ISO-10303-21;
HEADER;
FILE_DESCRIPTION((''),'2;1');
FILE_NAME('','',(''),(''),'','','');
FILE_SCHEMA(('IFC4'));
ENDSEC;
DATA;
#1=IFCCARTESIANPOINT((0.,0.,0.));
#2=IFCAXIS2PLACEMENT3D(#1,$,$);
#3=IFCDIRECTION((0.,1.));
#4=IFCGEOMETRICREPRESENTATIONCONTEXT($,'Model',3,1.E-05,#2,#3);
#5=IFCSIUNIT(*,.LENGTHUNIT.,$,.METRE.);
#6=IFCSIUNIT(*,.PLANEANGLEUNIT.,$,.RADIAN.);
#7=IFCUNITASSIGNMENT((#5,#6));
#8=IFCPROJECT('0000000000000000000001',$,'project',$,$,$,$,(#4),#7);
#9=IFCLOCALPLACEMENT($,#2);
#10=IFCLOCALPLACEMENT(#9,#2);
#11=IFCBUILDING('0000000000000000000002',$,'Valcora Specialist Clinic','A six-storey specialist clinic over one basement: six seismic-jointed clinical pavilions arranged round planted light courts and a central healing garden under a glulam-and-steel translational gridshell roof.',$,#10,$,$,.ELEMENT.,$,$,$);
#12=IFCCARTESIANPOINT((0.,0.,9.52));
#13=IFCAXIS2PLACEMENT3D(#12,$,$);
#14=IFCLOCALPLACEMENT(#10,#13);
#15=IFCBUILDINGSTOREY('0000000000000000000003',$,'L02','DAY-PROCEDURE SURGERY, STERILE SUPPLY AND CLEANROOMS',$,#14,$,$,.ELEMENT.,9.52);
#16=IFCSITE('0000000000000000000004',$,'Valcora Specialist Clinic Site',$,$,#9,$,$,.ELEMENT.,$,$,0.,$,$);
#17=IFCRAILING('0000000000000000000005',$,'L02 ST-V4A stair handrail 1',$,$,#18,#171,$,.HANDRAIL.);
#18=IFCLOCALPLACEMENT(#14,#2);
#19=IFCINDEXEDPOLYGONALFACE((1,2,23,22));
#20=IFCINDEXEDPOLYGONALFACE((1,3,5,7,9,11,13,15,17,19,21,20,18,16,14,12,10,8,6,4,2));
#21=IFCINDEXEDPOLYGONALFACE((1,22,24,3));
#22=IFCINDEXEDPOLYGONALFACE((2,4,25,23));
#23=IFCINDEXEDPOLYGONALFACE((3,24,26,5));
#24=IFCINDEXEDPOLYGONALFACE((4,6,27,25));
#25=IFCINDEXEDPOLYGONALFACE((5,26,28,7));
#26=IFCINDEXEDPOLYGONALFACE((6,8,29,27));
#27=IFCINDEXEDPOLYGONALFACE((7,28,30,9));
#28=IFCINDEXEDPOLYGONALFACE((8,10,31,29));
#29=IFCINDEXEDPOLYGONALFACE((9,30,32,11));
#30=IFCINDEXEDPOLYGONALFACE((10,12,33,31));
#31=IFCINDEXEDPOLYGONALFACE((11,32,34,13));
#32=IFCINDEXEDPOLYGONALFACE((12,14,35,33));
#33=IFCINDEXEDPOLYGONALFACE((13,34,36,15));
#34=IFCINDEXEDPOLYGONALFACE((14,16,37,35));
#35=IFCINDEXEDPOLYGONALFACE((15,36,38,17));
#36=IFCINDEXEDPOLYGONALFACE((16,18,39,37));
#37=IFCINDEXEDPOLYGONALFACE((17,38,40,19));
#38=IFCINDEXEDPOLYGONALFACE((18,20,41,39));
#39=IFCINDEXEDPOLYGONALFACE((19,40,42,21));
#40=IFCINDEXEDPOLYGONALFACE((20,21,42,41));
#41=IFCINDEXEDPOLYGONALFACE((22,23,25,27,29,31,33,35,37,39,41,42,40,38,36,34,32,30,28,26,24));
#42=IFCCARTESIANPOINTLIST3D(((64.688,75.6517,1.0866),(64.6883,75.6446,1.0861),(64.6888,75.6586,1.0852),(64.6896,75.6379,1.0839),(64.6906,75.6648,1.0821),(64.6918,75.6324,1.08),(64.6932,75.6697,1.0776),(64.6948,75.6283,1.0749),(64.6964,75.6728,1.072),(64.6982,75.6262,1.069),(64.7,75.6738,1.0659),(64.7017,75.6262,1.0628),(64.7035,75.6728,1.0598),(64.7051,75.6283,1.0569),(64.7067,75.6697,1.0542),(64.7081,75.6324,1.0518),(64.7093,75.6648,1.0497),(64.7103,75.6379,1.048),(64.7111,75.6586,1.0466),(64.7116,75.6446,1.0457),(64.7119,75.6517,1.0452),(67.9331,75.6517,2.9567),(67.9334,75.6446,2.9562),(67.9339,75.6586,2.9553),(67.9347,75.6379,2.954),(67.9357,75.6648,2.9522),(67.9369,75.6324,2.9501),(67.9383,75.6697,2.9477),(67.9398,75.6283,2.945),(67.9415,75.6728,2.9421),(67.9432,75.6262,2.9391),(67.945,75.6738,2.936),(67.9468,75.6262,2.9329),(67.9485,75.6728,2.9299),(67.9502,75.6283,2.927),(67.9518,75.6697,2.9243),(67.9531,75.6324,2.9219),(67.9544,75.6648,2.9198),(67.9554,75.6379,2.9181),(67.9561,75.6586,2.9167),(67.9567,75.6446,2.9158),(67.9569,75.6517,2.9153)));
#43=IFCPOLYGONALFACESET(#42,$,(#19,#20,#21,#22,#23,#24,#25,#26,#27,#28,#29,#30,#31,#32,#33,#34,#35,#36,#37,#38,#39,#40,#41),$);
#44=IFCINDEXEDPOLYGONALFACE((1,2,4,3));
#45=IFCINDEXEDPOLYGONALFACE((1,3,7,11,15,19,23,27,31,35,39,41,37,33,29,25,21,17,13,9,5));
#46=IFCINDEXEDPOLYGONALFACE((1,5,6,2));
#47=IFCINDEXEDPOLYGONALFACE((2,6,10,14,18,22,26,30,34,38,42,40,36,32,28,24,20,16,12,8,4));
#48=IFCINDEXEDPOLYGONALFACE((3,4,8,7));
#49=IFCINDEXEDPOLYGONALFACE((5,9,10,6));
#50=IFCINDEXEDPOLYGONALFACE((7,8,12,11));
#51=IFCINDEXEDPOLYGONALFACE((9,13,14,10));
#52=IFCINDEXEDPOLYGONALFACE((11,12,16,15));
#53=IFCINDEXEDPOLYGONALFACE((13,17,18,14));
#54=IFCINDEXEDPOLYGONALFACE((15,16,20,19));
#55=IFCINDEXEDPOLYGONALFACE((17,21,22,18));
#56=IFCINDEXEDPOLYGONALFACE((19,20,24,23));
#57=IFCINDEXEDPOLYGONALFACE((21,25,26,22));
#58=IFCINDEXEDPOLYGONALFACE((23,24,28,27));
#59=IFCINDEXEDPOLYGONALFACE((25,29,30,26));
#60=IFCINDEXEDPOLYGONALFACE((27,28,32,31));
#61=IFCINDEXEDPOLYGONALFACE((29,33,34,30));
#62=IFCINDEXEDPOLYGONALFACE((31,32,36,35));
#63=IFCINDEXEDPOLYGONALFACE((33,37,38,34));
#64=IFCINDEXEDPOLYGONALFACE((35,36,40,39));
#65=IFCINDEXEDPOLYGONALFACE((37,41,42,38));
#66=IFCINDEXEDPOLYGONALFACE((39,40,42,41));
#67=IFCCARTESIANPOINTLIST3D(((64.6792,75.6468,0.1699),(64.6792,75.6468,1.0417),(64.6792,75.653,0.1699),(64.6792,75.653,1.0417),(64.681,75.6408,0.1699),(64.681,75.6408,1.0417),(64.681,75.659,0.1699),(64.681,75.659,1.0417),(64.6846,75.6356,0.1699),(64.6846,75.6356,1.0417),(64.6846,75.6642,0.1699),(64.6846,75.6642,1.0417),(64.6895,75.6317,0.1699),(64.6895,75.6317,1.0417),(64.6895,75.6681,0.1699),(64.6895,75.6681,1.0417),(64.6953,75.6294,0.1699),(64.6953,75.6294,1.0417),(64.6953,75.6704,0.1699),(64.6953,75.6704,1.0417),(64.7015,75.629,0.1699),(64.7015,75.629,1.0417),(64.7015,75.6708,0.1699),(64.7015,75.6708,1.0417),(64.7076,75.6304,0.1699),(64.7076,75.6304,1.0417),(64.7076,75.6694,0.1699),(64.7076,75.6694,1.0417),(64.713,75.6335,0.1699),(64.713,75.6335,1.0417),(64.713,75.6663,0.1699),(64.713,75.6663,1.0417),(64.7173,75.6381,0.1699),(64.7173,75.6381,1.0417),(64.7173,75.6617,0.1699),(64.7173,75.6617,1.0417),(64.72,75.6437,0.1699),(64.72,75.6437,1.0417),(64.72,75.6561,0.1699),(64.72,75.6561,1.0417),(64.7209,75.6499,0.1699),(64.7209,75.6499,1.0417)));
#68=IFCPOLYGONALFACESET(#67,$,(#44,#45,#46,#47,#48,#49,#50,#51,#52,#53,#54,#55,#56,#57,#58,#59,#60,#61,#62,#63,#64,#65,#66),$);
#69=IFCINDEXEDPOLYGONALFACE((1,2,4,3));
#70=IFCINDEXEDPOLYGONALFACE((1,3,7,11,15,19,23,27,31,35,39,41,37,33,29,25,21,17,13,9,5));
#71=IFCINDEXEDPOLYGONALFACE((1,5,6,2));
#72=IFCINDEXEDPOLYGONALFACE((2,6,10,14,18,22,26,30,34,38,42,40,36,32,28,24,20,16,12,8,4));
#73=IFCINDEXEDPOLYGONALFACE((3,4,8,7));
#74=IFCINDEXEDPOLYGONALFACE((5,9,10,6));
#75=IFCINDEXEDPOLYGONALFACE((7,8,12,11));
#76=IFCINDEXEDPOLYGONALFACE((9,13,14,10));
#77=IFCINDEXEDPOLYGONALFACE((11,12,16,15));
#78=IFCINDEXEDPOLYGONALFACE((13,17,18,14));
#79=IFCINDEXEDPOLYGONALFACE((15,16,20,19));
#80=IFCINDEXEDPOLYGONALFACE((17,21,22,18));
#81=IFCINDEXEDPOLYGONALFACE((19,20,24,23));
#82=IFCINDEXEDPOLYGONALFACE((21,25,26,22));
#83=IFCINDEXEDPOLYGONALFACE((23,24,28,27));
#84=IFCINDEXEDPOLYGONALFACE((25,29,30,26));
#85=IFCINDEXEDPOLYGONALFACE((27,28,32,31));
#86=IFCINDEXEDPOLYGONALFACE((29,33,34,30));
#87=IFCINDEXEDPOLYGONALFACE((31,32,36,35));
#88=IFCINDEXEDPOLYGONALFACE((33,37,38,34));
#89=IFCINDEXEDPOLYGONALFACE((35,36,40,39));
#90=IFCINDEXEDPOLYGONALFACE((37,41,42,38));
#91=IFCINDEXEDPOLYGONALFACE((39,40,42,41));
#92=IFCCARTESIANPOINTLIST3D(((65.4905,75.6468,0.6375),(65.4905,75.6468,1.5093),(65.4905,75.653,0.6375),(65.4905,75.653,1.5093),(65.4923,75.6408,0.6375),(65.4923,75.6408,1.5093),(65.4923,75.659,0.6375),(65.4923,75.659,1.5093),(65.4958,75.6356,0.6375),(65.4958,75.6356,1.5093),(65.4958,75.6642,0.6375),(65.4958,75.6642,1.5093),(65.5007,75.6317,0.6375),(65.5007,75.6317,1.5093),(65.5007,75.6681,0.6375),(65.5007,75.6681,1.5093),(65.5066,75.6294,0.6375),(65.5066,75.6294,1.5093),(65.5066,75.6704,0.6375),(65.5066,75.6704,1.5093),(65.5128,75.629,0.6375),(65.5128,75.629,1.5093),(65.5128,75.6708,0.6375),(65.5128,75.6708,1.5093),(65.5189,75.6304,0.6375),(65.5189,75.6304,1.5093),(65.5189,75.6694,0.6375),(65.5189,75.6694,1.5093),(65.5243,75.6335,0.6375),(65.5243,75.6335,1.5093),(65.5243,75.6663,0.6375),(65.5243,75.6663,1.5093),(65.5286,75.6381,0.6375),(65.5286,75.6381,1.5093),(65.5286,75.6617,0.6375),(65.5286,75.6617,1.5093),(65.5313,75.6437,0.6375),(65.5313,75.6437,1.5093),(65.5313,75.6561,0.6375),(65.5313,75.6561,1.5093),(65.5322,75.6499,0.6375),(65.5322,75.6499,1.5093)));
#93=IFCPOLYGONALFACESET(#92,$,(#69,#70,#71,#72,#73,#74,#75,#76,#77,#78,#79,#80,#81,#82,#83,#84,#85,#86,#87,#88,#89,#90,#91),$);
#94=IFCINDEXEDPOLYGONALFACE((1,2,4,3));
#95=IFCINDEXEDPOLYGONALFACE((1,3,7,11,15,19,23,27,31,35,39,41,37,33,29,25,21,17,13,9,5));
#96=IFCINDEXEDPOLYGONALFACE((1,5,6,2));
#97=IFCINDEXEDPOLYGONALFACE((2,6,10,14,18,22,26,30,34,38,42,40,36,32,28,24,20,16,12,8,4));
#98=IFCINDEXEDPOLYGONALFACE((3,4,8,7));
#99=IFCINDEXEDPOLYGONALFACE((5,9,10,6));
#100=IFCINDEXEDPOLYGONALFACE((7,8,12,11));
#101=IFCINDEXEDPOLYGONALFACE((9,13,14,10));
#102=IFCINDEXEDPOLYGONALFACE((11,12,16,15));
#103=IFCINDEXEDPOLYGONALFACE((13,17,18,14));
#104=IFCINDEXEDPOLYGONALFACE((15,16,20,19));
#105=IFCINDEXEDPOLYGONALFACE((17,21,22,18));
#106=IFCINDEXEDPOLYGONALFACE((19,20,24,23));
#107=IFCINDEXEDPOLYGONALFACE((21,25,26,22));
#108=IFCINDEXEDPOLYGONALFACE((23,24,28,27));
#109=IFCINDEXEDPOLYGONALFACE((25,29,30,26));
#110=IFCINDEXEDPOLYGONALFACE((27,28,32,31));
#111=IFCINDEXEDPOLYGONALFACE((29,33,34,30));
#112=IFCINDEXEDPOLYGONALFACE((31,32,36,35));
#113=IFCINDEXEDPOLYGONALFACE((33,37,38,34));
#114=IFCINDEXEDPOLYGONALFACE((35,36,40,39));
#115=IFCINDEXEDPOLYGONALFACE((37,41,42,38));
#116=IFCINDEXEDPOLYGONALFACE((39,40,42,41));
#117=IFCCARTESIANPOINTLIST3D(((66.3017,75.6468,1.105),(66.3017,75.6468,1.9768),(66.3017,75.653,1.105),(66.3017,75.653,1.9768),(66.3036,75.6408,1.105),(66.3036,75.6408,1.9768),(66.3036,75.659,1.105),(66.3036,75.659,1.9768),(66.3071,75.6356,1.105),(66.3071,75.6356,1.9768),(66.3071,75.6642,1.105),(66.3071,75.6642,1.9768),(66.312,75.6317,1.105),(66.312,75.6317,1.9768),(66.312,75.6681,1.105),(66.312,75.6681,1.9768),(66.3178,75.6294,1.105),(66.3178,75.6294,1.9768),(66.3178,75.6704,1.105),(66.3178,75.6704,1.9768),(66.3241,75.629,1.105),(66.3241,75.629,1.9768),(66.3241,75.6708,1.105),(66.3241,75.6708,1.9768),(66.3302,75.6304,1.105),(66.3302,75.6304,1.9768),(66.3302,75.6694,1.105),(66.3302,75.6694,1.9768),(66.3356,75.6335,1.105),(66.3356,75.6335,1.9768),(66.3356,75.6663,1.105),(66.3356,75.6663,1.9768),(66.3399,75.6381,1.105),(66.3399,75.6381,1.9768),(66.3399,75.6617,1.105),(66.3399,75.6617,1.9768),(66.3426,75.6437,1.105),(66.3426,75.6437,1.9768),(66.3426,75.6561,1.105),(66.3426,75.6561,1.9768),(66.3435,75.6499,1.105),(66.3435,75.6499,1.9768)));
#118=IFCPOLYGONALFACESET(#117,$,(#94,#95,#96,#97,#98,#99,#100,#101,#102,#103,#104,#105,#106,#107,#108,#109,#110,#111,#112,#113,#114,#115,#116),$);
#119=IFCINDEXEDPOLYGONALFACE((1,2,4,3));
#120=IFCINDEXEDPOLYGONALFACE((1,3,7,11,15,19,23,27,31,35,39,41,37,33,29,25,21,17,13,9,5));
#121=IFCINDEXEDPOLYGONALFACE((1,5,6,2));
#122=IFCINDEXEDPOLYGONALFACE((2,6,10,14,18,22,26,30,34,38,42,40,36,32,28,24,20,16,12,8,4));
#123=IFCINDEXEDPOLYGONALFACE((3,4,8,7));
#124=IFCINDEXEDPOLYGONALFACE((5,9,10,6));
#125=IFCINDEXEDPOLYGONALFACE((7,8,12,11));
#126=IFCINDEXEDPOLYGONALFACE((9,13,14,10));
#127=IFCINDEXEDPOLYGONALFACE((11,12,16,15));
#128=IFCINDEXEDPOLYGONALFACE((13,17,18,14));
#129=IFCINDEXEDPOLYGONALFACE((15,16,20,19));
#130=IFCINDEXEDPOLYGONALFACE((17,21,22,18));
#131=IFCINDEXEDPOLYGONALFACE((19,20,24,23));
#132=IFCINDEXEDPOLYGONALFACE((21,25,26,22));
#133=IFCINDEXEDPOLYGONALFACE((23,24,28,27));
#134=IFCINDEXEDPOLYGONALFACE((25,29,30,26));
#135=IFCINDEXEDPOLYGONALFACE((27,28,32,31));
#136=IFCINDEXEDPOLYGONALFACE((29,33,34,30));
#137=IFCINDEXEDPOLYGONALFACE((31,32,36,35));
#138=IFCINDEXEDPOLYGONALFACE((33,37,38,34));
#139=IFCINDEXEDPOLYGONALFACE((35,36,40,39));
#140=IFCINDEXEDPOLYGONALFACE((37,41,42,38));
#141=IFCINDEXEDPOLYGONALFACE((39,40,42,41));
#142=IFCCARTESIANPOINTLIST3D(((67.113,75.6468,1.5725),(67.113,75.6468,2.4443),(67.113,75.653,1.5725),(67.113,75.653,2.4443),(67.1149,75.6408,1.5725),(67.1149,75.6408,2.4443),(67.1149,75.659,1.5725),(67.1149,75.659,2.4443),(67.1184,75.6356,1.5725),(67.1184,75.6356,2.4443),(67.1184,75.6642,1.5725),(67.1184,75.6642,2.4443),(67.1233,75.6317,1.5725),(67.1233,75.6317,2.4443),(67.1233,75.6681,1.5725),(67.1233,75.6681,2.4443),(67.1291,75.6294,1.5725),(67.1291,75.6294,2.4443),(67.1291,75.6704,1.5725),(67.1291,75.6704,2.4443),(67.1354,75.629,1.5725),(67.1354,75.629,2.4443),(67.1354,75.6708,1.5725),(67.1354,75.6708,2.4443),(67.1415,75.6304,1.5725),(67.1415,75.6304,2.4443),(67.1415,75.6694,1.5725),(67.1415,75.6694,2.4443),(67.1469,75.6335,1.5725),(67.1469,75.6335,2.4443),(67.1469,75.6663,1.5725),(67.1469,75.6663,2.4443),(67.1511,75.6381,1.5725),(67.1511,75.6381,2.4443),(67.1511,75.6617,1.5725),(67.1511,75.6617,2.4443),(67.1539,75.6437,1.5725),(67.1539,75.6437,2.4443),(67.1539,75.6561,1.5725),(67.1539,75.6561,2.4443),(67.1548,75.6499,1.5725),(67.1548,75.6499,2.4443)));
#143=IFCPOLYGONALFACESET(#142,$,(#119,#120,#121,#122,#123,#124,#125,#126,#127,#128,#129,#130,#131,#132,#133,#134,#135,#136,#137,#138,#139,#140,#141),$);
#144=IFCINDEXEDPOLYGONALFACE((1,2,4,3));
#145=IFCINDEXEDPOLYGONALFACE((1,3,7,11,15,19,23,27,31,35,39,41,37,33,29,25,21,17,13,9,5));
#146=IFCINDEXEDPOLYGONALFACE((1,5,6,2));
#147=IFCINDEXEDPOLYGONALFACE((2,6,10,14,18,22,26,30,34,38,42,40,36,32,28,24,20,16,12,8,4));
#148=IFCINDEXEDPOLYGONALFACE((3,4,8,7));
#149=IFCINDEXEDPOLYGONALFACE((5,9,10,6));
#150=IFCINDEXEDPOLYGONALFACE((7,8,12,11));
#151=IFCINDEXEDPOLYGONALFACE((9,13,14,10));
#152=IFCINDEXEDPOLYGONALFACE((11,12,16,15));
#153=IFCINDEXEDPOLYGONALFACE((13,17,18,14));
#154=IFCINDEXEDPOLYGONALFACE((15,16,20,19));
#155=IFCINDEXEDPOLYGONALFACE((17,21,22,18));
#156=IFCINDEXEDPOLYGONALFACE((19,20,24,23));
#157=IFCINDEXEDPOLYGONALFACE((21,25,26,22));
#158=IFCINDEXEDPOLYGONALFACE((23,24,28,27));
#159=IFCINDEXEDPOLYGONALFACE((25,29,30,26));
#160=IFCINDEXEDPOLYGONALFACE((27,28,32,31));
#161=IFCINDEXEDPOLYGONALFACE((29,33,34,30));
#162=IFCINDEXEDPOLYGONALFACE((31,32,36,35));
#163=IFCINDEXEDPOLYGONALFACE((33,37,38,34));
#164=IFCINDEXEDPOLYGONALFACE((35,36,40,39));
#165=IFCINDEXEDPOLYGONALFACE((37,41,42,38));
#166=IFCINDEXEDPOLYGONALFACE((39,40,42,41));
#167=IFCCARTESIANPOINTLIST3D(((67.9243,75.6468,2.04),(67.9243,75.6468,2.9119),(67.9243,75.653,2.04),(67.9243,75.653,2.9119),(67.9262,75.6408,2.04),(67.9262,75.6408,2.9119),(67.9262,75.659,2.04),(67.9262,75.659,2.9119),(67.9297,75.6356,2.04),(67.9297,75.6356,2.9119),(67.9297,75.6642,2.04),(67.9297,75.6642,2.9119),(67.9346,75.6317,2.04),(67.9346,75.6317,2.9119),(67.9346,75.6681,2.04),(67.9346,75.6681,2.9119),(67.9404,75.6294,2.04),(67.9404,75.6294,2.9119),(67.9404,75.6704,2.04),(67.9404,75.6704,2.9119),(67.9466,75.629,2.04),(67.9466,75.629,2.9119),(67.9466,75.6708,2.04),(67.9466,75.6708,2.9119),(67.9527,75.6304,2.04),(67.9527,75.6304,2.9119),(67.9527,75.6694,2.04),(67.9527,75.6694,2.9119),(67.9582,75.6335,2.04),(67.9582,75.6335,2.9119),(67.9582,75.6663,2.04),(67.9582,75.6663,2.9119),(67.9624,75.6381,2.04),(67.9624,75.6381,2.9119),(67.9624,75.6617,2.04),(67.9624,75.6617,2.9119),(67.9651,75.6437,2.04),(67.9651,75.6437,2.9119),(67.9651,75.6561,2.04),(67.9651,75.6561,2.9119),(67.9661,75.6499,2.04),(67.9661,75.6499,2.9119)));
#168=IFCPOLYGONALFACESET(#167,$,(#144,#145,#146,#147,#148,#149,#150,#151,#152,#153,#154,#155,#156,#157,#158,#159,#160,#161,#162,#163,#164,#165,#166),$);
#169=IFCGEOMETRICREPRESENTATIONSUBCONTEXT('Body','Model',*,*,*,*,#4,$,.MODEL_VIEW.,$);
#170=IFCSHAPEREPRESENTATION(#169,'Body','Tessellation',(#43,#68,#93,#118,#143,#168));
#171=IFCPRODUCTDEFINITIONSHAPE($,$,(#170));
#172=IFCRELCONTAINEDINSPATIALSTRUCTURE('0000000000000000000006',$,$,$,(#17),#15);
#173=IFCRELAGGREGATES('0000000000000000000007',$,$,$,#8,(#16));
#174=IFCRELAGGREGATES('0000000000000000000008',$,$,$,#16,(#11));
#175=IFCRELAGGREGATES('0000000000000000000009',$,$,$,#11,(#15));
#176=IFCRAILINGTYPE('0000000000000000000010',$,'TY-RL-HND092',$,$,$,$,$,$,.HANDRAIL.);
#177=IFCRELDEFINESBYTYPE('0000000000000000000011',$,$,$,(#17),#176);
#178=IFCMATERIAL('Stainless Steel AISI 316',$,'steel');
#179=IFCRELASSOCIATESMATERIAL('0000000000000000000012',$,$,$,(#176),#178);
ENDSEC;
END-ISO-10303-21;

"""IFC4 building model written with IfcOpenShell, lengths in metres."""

from ifc_helpers import new_model, si_unit, direction, frame, origin, origin_2d, place, context, subcontext, project, spatial, circle, extrude, material, type_object, element, save


model = new_model("IFC4")

# Units and contexts
model_context = context("Model", 3, precision=1e-05, world=origin(), true_north=direction((0.0, 1.0)))
body_context = subcontext(model_context, "Body", "Model", "MODEL_VIEW")
ifc_project = project(units=[si_unit("LENGTHUNIT", "METRE"), si_unit("PLANEANGLEUNIT", "RADIAN")], contexts=[model_context])

# Site, building, storey
site_placement = place(None, origin())
site = spatial("IfcSite", under=ifc_project, at=site_placement, Name="Valcora Specialist Clinic Site", CompositionType="ELEMENT", RefElevation=0.0)
building_placement = place(site_placement, origin())
building = spatial("IfcBuilding", under=site, at=building_placement, Name="Valcora Specialist Clinic", Description="A six-storey specialist clinic over one basement: six seismic-jointed clinical pavilions arranged round planted light courts and a central healing garden under a glulam-and-steel translational gridshell roof.", CompositionType="ELEMENT")
storey_placement = place(building_placement, frame((0.0, 0.0, 9.52)))
storey = spatial("IfcBuildingStorey", under=building, at=storey_placement, Name="L02", Description="DAY-PROCEDURE SURGERY, STERILE SUPPLY AND CLEANROOMS", CompositionType="ELEMENT", Elevation=9.52)

# Railing
ifc_material_1 = material(Name="Stainless Steel AISI 316", Category="steel")
railing_type_1 = type_object("IfcRailingType", Name="TY-RL-HND092", PredefinedType="HANDRAIL", material=ifc_material_1)
railing_1_placement = place(storey_placement, frame((64.7, 75.6499, 0.1699)))
element("IfcRailing", 1, at=railing_1_placement, inside=storey, type_object=railing_type_1, Name="L02 ST-V4A stair handrail 1", PredefinedType="HANDRAIL", context=body_context, shape_type="SweptSolid", body=[
    extrude(circle(Radius=0.0239, at=origin_2d()), frame((0.0, 0.0, 0.896), z_axis=(0.866424, 0.0, 0.499309), x_axis=(0.0, 1.0, 0.0)), (0.0, 0.0, 1.0), 3.7454),
    extrude(circle(Radius=0.021, at=origin_2d()), origin(), (0.0, 0.0, 1.0), 0.8718),
    extrude(circle(Radius=0.021, at=origin_2d()), frame((0.8113, 0.0, 0.4675)), (0.0, 0.0, 1.0), 0.8718),
    extrude(circle(Radius=0.021, at=origin_2d()), frame((1.6226, 0.0, 0.9351)), (0.0, 0.0, 1.0), 0.8718),
    extrude(circle(Radius=0.021, at=origin_2d()), frame((2.4338, 0.0, 1.4026)), (0.0, 0.0, 1.0), 0.8718),
    extrude(circle(Radius=0.021, at=origin_2d()), frame((3.2451, 0.0, 1.8701)), (0.0, 0.0, 1.0), 0.8718),
])

save(model, "model.ifc")
